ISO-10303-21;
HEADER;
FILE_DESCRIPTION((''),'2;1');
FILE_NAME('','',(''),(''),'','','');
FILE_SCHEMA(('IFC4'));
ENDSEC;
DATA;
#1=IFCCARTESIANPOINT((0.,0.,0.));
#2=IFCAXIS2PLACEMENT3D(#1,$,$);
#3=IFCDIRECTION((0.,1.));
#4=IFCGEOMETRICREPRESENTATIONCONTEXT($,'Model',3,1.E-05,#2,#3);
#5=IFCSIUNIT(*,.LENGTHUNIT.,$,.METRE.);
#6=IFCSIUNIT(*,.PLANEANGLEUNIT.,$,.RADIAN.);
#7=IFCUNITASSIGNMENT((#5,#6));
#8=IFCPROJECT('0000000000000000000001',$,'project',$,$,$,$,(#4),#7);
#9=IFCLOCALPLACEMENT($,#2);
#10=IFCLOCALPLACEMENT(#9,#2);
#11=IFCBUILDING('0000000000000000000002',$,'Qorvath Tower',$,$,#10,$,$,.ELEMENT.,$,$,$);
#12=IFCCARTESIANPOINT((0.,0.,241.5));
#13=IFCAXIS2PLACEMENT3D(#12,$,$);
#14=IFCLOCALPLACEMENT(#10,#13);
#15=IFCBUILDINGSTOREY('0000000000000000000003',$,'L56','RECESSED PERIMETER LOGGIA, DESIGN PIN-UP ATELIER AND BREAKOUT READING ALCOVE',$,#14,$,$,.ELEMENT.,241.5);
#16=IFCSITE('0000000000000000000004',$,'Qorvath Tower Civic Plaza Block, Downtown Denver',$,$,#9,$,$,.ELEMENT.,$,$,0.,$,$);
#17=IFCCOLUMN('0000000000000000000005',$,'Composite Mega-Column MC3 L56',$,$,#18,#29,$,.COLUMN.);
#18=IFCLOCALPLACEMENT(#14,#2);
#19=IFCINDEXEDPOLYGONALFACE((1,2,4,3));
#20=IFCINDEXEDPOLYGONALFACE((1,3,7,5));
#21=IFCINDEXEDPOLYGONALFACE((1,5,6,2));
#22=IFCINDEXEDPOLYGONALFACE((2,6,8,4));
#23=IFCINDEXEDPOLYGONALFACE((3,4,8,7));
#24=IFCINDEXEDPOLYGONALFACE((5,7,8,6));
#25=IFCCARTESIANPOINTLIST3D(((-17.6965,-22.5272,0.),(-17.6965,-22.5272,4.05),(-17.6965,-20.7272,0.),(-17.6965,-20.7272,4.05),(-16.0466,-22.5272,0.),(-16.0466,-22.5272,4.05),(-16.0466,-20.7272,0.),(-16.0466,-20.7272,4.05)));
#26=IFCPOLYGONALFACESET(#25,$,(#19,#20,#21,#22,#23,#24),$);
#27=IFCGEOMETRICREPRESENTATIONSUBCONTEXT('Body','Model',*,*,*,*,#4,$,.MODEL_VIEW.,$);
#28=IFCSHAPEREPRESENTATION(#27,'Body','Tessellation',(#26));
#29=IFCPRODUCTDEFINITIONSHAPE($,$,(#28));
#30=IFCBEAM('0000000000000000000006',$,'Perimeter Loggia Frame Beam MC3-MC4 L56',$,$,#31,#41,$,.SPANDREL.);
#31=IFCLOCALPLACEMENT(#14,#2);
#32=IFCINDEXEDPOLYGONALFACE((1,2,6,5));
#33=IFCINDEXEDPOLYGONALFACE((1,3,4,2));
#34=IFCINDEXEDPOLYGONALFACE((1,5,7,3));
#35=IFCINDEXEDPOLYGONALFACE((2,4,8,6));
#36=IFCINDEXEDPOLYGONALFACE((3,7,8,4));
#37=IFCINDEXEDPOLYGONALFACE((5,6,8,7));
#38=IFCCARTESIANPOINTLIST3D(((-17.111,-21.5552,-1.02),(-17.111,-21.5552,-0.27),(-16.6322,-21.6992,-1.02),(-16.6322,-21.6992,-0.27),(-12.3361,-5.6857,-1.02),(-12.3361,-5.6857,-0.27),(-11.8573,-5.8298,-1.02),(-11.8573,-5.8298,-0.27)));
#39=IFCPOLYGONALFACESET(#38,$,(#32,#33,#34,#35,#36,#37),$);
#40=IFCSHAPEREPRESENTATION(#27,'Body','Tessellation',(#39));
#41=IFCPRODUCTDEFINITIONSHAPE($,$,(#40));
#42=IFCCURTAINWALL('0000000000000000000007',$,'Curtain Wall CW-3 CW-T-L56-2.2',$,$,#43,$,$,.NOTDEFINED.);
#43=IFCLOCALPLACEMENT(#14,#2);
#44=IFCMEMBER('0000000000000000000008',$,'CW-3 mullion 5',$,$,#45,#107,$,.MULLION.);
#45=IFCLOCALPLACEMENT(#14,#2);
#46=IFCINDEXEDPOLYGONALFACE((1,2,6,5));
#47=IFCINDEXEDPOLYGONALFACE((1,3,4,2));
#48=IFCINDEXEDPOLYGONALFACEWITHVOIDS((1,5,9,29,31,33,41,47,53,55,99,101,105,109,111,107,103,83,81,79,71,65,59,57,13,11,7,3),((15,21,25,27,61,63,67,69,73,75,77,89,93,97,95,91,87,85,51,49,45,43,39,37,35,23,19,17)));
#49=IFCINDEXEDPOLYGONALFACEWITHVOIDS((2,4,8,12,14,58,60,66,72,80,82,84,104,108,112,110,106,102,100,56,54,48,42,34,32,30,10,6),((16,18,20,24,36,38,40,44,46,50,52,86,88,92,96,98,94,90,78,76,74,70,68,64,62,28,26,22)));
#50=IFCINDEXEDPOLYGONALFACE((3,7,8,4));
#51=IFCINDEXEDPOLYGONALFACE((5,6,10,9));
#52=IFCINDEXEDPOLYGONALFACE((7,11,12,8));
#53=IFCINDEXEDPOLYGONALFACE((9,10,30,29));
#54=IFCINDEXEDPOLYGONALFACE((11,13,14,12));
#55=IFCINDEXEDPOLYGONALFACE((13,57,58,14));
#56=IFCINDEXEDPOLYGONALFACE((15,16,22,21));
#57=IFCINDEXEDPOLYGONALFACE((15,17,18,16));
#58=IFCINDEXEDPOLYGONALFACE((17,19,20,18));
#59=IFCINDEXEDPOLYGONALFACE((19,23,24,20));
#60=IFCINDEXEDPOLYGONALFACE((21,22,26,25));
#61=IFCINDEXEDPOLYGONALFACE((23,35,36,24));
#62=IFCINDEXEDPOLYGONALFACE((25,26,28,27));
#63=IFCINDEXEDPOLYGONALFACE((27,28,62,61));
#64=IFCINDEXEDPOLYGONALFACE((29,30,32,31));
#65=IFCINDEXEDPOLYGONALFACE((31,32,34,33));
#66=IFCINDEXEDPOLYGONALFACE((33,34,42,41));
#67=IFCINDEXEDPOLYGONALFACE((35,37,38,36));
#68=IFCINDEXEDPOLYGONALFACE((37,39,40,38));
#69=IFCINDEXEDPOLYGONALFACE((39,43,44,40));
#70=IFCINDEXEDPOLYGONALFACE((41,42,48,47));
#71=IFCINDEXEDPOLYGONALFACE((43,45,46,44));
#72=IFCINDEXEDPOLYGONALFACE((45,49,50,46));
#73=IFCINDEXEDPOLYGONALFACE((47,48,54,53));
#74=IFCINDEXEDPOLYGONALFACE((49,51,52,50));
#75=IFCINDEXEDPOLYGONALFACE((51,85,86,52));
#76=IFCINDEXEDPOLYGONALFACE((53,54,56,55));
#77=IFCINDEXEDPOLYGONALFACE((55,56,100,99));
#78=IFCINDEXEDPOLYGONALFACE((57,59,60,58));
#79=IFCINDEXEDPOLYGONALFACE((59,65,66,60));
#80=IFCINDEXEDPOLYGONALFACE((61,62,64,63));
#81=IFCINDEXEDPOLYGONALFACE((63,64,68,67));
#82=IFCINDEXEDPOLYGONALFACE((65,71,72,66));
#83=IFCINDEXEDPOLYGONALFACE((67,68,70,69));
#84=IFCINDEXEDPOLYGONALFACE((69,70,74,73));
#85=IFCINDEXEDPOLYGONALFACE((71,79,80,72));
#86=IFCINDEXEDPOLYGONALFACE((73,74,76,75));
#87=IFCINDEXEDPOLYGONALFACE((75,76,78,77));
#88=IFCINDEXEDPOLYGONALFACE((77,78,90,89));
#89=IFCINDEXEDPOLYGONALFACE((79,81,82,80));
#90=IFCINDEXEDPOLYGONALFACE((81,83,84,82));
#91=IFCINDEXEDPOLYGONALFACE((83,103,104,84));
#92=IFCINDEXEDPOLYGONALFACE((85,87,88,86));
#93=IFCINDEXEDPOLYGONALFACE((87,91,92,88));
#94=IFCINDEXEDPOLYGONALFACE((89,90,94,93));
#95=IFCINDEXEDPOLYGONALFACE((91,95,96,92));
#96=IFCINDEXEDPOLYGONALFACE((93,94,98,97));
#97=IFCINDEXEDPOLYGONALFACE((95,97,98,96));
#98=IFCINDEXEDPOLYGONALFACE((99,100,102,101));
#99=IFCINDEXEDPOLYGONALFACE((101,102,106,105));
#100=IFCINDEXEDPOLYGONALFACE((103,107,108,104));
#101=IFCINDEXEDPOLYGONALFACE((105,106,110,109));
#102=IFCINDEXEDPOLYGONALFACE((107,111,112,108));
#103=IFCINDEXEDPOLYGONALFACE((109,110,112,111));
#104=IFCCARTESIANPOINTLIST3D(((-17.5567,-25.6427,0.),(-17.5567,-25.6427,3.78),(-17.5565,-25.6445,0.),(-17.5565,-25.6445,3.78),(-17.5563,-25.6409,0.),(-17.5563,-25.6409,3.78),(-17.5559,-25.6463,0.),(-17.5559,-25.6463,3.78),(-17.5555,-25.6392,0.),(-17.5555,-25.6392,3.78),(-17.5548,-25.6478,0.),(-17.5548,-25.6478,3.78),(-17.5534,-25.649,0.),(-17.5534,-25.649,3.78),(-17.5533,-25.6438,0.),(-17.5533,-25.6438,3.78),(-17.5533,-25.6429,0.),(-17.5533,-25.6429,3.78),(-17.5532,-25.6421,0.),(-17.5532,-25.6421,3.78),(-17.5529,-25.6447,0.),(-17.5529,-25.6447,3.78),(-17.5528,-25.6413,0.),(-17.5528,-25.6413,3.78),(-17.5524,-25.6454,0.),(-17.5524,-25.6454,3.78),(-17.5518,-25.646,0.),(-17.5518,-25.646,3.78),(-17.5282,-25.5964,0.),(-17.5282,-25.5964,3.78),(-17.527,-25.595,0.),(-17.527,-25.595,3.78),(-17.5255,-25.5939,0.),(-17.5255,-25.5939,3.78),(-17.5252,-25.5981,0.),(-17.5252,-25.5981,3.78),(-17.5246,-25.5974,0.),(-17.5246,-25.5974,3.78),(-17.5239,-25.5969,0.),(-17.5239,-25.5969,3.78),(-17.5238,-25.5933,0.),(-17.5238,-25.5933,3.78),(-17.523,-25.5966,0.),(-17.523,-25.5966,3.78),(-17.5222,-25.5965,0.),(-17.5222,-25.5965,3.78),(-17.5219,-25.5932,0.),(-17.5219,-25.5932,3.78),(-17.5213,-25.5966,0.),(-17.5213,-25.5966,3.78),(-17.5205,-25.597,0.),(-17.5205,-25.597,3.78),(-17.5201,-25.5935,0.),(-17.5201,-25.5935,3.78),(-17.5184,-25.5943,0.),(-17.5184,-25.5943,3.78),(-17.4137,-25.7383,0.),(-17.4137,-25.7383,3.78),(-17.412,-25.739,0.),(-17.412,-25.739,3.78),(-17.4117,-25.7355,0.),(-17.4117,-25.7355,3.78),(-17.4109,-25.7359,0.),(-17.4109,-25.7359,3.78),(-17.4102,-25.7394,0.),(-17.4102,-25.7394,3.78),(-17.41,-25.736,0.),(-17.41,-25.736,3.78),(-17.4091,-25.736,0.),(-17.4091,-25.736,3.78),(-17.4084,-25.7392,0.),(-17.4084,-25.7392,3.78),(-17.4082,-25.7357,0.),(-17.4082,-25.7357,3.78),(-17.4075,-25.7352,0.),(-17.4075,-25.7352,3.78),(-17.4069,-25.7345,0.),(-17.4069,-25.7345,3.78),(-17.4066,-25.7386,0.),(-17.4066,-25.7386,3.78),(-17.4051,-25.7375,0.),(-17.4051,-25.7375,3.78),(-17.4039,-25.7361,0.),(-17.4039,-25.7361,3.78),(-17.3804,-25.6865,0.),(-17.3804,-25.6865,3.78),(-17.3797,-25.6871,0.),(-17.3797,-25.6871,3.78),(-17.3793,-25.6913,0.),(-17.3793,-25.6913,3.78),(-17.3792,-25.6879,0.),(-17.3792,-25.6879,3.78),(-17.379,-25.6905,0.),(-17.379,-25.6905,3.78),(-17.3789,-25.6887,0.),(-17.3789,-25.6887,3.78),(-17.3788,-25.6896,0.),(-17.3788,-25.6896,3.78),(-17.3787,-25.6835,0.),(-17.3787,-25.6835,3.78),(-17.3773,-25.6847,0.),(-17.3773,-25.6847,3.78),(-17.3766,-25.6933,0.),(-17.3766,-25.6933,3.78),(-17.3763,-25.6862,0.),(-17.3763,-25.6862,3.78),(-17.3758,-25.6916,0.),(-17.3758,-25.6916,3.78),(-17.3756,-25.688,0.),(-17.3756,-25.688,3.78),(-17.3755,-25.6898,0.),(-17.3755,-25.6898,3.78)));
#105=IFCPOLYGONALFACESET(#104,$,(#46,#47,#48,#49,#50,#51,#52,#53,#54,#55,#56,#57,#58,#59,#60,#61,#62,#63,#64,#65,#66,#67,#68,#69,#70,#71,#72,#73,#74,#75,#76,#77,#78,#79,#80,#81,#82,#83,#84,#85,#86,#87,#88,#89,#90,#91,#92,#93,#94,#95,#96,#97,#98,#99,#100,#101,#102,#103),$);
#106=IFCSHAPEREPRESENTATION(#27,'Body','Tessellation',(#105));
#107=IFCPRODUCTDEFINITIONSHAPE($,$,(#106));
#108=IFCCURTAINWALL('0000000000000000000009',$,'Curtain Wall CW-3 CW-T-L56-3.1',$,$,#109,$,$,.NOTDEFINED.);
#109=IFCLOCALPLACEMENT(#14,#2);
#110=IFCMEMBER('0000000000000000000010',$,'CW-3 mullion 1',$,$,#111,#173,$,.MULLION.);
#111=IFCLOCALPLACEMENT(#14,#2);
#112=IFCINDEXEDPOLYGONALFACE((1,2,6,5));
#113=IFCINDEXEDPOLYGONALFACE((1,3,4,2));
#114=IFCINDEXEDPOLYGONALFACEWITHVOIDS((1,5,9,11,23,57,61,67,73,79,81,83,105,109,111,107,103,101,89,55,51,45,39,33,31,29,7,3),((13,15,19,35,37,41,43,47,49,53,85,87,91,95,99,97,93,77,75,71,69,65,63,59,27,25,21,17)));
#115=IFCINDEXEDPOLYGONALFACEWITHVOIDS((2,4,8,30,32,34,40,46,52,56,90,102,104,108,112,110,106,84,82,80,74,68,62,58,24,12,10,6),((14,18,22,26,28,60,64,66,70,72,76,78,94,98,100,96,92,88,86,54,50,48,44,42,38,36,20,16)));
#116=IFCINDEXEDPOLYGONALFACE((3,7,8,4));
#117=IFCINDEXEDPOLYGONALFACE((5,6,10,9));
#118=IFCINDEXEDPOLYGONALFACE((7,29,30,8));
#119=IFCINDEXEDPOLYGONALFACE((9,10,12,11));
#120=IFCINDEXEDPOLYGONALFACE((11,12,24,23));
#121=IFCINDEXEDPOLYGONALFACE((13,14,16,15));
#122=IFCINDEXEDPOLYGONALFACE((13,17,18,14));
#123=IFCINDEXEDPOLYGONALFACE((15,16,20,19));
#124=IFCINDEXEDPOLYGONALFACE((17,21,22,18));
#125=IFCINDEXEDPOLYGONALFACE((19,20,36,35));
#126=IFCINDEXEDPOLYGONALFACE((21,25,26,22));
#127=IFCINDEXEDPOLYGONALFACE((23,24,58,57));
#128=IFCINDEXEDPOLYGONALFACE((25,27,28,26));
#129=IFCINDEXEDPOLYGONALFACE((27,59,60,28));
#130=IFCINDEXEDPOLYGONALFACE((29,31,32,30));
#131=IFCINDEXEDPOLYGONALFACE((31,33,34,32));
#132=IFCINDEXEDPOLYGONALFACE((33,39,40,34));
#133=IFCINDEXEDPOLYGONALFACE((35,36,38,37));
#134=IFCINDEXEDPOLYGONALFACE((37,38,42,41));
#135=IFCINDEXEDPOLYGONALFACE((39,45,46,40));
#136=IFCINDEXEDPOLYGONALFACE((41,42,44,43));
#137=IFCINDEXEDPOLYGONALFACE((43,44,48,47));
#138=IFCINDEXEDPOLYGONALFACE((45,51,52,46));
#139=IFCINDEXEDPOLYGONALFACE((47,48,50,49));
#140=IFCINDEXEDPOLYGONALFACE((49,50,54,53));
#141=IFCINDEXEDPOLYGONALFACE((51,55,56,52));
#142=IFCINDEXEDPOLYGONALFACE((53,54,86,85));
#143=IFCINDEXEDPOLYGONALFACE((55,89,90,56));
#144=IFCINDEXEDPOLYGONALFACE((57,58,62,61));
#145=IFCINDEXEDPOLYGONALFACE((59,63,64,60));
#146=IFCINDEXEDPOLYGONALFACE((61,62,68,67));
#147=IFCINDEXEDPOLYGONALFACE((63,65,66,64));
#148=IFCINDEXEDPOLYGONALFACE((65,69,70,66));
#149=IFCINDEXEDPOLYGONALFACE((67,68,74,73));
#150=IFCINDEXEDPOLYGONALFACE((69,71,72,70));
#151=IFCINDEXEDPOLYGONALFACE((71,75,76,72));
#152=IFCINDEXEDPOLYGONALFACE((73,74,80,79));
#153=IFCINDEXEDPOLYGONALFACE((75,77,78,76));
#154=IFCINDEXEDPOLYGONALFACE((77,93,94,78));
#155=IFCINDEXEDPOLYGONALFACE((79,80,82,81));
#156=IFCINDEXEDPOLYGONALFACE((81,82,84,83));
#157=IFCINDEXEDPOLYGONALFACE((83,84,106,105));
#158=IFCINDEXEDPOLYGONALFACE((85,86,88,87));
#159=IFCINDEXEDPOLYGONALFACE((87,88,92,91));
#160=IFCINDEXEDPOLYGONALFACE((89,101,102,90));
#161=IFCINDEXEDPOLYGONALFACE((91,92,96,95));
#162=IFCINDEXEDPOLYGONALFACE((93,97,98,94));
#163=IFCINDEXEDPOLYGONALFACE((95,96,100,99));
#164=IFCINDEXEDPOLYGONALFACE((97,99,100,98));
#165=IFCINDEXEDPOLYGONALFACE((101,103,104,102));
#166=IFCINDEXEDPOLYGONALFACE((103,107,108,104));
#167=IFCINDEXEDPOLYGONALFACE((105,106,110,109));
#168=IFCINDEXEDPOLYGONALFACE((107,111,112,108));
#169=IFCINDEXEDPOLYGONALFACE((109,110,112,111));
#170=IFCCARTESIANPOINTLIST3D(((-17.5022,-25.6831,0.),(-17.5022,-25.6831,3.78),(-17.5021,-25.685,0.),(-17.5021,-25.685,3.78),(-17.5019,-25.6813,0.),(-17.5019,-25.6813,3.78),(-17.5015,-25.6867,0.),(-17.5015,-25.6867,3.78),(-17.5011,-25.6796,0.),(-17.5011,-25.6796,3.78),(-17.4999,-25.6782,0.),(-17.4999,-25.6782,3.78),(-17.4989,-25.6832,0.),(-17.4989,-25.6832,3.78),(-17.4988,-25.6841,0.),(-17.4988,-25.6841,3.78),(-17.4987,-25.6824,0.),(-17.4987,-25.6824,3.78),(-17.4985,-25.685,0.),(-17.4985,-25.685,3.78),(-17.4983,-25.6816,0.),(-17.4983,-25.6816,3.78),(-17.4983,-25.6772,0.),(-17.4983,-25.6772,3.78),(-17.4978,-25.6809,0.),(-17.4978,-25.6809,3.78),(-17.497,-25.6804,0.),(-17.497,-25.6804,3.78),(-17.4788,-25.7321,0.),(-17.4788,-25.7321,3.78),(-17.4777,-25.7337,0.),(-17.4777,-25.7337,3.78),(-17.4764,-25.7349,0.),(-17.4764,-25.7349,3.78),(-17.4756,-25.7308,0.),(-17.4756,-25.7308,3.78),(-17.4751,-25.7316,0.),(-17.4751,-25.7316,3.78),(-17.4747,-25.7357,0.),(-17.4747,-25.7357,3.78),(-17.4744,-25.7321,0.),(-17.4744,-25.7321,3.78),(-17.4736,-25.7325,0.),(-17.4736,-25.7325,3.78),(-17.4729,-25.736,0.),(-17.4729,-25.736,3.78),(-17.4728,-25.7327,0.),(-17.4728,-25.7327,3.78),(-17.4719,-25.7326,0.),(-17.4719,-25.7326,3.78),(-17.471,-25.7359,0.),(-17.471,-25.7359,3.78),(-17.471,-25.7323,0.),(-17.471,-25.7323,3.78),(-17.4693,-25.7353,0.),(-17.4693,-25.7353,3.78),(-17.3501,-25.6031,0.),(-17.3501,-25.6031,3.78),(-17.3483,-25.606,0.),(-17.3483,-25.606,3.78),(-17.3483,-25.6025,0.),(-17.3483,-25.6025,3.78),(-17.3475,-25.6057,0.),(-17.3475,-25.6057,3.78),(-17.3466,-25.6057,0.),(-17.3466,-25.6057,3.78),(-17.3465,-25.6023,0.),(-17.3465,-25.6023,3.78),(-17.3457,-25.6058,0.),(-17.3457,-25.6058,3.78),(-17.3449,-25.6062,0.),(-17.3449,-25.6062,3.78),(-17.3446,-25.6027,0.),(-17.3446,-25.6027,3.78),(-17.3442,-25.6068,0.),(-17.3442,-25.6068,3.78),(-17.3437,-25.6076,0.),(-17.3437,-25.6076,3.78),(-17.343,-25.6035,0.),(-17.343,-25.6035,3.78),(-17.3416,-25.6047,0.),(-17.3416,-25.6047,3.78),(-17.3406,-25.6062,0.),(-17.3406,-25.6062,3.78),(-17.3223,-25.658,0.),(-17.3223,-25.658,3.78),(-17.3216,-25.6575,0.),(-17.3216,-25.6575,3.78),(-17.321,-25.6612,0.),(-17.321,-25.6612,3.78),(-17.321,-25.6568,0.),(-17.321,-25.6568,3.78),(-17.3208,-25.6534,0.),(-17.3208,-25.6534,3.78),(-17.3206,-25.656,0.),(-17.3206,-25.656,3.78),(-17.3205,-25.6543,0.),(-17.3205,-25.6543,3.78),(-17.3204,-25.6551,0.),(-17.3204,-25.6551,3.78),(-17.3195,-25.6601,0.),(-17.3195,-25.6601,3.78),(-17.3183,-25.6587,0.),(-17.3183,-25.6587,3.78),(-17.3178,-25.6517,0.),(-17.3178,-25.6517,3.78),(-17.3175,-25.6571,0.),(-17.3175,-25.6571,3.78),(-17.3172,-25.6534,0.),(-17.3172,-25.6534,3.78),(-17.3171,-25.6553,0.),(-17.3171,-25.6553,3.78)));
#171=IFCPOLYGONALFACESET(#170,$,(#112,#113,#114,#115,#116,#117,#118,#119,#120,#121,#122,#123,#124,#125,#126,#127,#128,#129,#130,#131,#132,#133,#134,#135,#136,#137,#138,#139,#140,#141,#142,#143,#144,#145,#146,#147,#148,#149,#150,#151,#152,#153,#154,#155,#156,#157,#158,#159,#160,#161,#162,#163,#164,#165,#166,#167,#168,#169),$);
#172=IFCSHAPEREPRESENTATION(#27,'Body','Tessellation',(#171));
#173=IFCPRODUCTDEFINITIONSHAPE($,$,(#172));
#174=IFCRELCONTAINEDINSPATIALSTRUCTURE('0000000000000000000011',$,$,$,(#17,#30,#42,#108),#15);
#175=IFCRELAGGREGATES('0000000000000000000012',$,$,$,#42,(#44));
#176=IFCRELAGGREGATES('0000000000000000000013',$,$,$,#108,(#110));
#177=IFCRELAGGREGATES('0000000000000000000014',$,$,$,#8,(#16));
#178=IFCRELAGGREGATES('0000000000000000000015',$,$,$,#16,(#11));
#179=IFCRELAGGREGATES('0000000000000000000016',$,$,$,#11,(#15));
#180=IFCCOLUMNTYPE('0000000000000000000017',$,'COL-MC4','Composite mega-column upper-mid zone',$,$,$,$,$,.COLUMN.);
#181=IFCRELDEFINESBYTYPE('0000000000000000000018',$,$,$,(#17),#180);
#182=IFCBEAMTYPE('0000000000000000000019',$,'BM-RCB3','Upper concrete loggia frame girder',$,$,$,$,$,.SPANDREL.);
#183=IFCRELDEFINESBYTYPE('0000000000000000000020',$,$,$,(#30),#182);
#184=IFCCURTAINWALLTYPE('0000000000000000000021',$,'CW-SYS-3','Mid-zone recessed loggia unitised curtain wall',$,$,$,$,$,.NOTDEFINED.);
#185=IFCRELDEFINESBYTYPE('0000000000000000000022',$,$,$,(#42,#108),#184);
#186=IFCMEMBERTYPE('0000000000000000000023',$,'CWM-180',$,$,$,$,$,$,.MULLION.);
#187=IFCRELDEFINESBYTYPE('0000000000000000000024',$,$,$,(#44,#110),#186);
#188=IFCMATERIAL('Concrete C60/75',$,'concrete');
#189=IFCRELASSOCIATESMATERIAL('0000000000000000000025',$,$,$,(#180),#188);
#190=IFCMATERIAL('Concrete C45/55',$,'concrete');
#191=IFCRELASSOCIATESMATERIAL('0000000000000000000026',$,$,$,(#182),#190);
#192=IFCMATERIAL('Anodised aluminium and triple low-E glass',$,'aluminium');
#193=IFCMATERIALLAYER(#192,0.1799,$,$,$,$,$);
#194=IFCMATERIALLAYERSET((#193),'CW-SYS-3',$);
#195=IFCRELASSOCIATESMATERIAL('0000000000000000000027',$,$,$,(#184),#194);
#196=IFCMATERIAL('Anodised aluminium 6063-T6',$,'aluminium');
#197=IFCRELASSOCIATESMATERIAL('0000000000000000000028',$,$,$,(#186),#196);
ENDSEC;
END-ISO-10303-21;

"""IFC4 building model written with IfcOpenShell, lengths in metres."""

from ifc_helpers import new_model, si_unit, direction, frame, origin, origin_2d, place, context, subcontext, project, spatial, rectangle, hollow_rectangle, extrude, material, layer, layer_set, material_profile, profile_set, type_object, element, aggregate, save


model = new_model("IFC4")

# Units and contexts
model_context = context("Model", 3, precision=1e-05, world=origin(), true_north=direction((0.0, 1.0)))
body_context = subcontext(model_context, "Body", "Model", "MODEL_VIEW")
ifc_project = project(units=[si_unit("LENGTHUNIT", "METRE"), si_unit("PLANEANGLEUNIT", "RADIAN")], contexts=[model_context])

# Site, building, storey
site_placement = place(None, origin())
site = spatial("IfcSite", under=ifc_project, at=site_placement, Name="Qorvath Tower Civic Plaza Block, Downtown Denver", CompositionType="ELEMENT", RefElevation=0.0)
building_placement = place(site_placement, origin())
building = spatial("IfcBuilding", under=site, at=building_placement, Name="Qorvath Tower", CompositionType="ELEMENT")
storey_placement = place(building_placement, frame((0.0, 0.0, 241.5)))
storey = spatial("IfcBuildingStorey", under=building, at=storey_placement, Name="L56", Description="RECESSED PERIMETER LOGGIA, DESIGN PIN-UP ATELIER AND BREAKOUT READING ALCOVE", CompositionType="ELEMENT", Elevation=241.5)

# Column
ifc_material_1 = material(Name="Concrete C60/75", Category="concrete")
ifc_material_profile_1 = material_profile(ifc_material_1, rectangle(XDim=1.6499, YDim=1.8, at=origin_2d()), Name="MC 1800x1650")
ifc_profile_set_1 = profile_set([ifc_material_profile_1], Name="Concrete C60/75")
column_type = type_object("IfcColumnType", Name="COL-MC4", Description="Composite mega-column upper-mid zone", PredefinedType="COLUMN", material=ifc_profile_set_1)
column_placement = place(storey_placement, frame((-16.8716, -21.6272, 0.0), z_axis=(0.0, 0.0, 1.0), x_axis=(1.0, 0.0, 0.0)))
element("IfcColumn", 1, at=column_placement, inside=storey, type_object=column_type, Name="Composite Mega-Column MC3 L56", PredefinedType="COLUMN", context=body_context, shape_type="SweptSolid", body=[
    extrude(rectangle(XDim=1.6499, YDim=1.8, at=origin_2d()), origin(), (0.0, 0.0, 1.0), 4.05),
])

# Beam
ifc_material_2 = material(Name="Concrete C45/55", Category="concrete")
ifc_material_profile_2 = material_profile(ifc_material_2, rectangle(XDim=0.5, YDim=0.75, at=origin_2d()), Name="RCB 750x500")
ifc_profile_set_2 = profile_set([ifc_material_profile_2], Name="Concrete C45/55")
beam_type = type_object("IfcBeamType", Name="BM-RCB3", Description="Upper concrete loggia frame girder", PredefinedType="SPANDREL", material=ifc_profile_set_2)
beam_placement = place(storey_placement, frame((-16.8716, -21.6272, -0.645), z_axis=(0.288128, 0.957592, 0.0), x_axis=(-0.957592, 0.288128, 0.0)))
element("IfcBeam", 2, at=beam_placement, inside=storey, type_object=beam_type, Name="Perimeter Loggia Frame Beam MC3-MC4 L56", PredefinedType="SPANDREL", context=body_context, shape_type="SweptSolid", body=[
    extrude(rectangle(XDim=0.5, YDim=0.75, at=origin_2d()), origin(), (0.0, 0.0, 1.0), 16.5723),
])

# Curtain wall, member
ifc_material_3 = material(Name="Anodised aluminium and triple low-E glass", Category="aluminium")
ifc_layer_1 = layer(ifc_material_3, 0.1799)
ifc_layer_set_1 = layer_set([ifc_layer_1], Name="CW-SYS-3")
curtain_wall_type = type_object("IfcCurtainWallType", Name="CW-SYS-3", Description="Mid-zone recessed loggia unitised curtain wall", PredefinedType="NOTDEFINED", material=ifc_layer_set_1)
curtain_wall_1_placement = place(storey_placement, origin())
curtain_wall_1 = element("IfcCurtainWall", 3, at=curtain_wall_1_placement, inside=storey, type_object=curtain_wall_type, Name="Curtain Wall CW-3 CW-T-L56-2.2", PredefinedType="NOTDEFINED")
ifc_material_4 = material(Name="Anodised aluminium 6063-T6", Category="aluminium")
ifc_material_profile_3 = material_profile(ifc_material_4, hollow_rectangle(XDim=0.0649, YDim=0.1799, WallThickness=0.0034, InnerFilletRadius=0.0034, OuterFilletRadius=0.0071, at=origin_2d()), Name="CWM 180x65")
ifc_profile_set_3 = profile_set([ifc_material_profile_3], Name="Anodised aluminium 6063-T6")
member_type_1 = type_object("IfcMemberType", Name="CWM-180", PredefinedType="MULLION", material=ifc_profile_set_3)
member_1_placement = place(storey_placement, frame((-17.4661, -25.6663, 0.0), z_axis=(0.0, 0.0, 1.0), x_axis=(0.53853, 0.842606, 0.0)))
member_1 = element("IfcMember", 4, at=member_1_placement, type_object=member_type_1, Name="CW-3 mullion 5", PredefinedType="MULLION", context=body_context, shape_type="SweptSolid", body=[
    extrude(hollow_rectangle(XDim=0.0649, YDim=0.1799, WallThickness=0.0034, InnerFilletRadius=0.0034, OuterFilletRadius=0.0071, at=origin_2d()), origin(), (0.0, 0.0, 1.0), 3.78),
])

# Curtain wall, member
curtain_wall_2_placement = place(storey_placement, origin())
curtain_wall_2 = element("IfcCurtainWall", 5, at=curtain_wall_2_placement, inside=storey, type_object=curtain_wall_type, Name="Curtain Wall CW-3 CW-T-L56-3.1", PredefinedType="NOTDEFINED")
member_2_placement = place(storey_placement, frame((-17.4097, -25.6692, 0.0), z_axis=(0.0, 0.0, 1.0), x_axis=(-0.447175, 0.894447, 0.0)))
member_2 = element("IfcMember", 6, at=member_2_placement, type_object=member_type_1, Name="CW-3 mullion 1", PredefinedType="MULLION", context=body_context, shape_type="SweptSolid", body=[
    extrude(hollow_rectangle(XDim=0.0649, YDim=0.1799, WallThickness=0.0034, InnerFilletRadius=0.0034, OuterFilletRadius=0.0071, at=origin_2d()), origin(), (0.0, 0.0, 1.0), 3.78),
])

aggregate(curtain_wall_1, [member_1])
aggregate(curtain_wall_2, [member_2])

save(model, "model.ifc")
